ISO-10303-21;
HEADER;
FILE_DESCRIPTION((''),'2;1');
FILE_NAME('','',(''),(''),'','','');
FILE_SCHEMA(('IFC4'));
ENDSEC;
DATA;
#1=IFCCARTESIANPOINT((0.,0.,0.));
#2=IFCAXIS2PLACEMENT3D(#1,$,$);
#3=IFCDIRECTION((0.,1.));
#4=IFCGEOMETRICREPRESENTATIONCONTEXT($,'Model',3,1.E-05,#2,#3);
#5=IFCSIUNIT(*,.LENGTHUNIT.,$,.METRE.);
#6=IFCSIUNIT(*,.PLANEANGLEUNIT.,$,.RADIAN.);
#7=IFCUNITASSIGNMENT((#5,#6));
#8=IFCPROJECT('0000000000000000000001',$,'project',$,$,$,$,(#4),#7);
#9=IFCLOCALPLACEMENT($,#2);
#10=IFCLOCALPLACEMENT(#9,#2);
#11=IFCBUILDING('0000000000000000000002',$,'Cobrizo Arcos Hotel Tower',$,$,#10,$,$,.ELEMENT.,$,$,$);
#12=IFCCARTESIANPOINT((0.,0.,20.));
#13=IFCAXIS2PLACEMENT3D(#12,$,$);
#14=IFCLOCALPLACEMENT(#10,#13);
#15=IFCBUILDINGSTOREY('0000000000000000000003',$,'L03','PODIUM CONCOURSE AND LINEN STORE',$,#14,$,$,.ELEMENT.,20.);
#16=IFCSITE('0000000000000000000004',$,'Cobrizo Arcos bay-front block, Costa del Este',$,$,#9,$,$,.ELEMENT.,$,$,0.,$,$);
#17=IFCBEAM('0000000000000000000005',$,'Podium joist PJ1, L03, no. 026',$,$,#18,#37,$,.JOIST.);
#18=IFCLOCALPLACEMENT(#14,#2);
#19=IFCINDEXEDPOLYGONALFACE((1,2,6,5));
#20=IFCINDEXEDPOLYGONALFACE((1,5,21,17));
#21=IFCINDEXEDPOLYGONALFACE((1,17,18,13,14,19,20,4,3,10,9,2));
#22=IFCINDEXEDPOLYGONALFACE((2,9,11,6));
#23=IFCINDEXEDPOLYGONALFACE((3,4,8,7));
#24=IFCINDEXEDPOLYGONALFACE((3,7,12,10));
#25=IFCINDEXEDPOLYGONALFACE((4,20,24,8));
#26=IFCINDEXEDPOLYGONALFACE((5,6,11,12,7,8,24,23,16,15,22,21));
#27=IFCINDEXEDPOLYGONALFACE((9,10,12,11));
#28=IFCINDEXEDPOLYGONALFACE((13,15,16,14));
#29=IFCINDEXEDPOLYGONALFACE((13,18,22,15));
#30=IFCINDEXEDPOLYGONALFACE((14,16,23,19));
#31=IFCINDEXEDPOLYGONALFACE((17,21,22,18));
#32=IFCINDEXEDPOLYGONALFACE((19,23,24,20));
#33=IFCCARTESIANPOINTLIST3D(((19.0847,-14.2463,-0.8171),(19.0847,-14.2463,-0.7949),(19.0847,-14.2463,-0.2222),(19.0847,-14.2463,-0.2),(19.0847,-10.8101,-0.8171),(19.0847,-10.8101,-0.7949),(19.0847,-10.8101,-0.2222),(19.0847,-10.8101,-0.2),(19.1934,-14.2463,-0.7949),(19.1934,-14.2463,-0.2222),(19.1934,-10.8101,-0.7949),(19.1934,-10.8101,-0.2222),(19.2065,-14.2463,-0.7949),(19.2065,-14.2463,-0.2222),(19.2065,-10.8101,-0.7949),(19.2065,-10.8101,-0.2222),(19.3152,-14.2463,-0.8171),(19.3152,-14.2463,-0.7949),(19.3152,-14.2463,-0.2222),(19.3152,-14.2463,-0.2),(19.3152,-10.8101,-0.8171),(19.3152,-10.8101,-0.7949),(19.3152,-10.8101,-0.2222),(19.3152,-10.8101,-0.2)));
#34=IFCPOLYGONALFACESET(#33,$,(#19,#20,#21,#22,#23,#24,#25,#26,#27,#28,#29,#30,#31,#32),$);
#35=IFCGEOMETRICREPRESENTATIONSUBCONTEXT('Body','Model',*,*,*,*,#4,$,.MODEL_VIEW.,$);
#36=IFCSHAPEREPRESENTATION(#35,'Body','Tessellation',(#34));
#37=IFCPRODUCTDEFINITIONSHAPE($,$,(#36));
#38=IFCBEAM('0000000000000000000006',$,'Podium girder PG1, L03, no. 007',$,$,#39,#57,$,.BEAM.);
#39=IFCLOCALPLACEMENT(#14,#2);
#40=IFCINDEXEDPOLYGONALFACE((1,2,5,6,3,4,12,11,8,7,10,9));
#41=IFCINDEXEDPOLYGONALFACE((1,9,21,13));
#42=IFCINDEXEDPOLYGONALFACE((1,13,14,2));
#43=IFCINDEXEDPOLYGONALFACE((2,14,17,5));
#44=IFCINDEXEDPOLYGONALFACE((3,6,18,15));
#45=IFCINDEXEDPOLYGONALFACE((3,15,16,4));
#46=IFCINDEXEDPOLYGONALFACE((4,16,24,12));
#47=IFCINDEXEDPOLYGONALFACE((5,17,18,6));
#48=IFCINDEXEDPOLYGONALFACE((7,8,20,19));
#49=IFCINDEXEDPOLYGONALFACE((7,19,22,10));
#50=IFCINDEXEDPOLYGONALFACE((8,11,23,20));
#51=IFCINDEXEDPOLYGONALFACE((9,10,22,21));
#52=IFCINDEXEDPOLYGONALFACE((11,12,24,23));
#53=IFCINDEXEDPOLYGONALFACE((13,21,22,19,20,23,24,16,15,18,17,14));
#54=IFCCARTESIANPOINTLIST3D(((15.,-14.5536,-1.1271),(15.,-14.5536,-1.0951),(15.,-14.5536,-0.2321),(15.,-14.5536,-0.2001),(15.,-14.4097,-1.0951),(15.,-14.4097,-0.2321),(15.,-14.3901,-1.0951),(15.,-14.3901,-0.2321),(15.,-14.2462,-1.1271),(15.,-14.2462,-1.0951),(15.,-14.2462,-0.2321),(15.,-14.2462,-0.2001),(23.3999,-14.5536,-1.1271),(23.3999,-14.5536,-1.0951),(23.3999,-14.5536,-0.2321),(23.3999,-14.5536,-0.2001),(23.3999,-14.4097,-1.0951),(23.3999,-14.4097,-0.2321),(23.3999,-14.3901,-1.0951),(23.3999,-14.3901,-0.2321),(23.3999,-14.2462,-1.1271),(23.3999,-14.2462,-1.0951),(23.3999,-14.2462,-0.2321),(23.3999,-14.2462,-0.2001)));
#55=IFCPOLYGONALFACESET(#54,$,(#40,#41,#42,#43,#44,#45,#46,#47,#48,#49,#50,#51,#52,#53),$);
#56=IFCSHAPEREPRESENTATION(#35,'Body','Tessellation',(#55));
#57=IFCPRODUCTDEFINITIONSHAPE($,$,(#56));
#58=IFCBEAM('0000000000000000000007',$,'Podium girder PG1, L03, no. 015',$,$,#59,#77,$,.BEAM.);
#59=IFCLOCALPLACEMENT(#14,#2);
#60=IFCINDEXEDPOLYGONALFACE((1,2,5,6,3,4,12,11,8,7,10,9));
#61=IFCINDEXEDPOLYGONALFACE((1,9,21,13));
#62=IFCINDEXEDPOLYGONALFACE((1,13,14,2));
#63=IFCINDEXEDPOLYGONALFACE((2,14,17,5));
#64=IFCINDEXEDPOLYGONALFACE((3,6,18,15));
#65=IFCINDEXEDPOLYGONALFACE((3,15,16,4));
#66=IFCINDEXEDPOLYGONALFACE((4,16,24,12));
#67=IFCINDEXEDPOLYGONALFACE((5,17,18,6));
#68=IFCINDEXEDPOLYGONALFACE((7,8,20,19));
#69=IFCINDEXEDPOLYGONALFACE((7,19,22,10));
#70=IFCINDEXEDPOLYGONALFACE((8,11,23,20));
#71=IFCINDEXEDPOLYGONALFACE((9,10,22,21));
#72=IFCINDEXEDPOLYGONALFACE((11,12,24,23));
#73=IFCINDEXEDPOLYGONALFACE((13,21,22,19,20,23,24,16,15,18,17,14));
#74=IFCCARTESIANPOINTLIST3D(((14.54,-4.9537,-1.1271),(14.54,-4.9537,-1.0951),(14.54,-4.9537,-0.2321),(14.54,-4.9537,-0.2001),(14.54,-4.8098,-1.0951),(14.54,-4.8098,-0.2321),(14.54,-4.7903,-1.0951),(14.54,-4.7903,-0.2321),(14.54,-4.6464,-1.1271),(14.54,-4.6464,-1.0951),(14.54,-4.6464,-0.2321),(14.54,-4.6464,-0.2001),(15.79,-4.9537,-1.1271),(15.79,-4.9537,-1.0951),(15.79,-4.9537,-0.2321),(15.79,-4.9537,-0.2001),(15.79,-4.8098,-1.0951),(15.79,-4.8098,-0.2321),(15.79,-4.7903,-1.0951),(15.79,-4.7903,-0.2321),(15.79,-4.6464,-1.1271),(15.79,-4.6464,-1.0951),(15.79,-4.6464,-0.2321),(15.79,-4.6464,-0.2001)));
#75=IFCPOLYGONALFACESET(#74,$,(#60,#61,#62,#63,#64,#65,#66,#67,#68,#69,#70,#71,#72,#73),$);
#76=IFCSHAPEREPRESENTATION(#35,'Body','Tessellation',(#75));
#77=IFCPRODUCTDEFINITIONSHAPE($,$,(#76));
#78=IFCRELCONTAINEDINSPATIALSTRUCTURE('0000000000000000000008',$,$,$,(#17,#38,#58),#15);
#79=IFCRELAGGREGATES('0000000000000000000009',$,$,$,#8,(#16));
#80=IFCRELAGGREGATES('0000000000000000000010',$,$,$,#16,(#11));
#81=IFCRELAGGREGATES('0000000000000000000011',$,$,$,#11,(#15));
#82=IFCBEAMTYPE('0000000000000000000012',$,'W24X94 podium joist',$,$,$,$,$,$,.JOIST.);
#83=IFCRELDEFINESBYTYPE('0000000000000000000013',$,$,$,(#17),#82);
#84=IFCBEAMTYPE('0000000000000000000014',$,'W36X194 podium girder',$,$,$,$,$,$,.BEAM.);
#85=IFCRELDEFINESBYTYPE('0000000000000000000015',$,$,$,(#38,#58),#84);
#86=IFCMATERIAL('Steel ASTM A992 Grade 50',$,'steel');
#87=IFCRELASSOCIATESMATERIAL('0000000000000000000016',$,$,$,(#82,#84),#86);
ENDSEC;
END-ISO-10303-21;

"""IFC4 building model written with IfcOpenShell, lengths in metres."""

from ifc_helpers import new_model, si_unit, direction, frame, origin, origin_2d, place, context, subcontext, project, spatial, i_section, extrude, material, material_profile, profile_set, type_object, element, save


model = new_model("IFC4")

# Units and contexts
model_context = context("Model", 3, precision=1e-05, world=origin(), true_north=direction((0.0, 1.0)))
body_context = subcontext(model_context, "Body", "Model", "MODEL_VIEW")
ifc_project = project(units=[si_unit("LENGTHUNIT", "METRE"), si_unit("PLANEANGLEUNIT", "RADIAN")], contexts=[model_context])

# Site, building, storey
site_placement = place(None, origin())
site = spatial("IfcSite", under=ifc_project, at=site_placement, Name="Cobrizo Arcos bay-front block, Costa del Este", CompositionType="ELEMENT", RefElevation=0.0)
building_placement = place(site_placement, origin())
building = spatial("IfcBuilding", under=site, at=building_placement, Name="Cobrizo Arcos Hotel Tower", CompositionType="ELEMENT")
storey_placement = place(building_placement, frame((0.0, 0.0, 20.0)))
storey = spatial("IfcBuildingStorey", under=building, at=storey_placement, Name="L03", Description="PODIUM CONCOURSE AND LINEN STORE", CompositionType="ELEMENT", Elevation=20.0)

# Beams
ifc_material_1 = material(Name="Steel ASTM A992 Grade 50", Category="steel")
ifc_material_profile_1 = material_profile(ifc_material_1, i_section(OverallWidth=0.2305, OverallDepth=0.6172, WebThickness=0.0132, FlangeThickness=0.0222, at=origin_2d()), Name="W24X94")
ifc_profile_set_1 = profile_set([ifc_material_profile_1], Name="Steel ASTM A992 Grade 50")
beam_type_1 = type_object("IfcBeamType", Name="W24X94 podium joist", PredefinedType="JOIST", material=ifc_profile_set_1)
beam_1_placement = place(storey_placement, frame((19.2, -14.2463, -0.5085), z_axis=(0.0, 1.0, 0.0), x_axis=(-1.0, 0.0, 0.0)))
element("IfcBeam", 1, at=beam_1_placement, inside=storey, type_object=beam_type_1, Name="Podium joist PJ1, L03, no. 026", PredefinedType="JOIST", context=body_context, shape_type="SweptSolid", body=[
    extrude(i_section(OverallWidth=0.2305, OverallDepth=0.6172, WebThickness=0.0132, FlangeThickness=0.0222, at=origin_2d()), origin(), (0.0, 0.0, 1.0), 3.4363),
])
ifc_material_profile_2 = material_profile(ifc_material_1, i_section(OverallWidth=0.3074, OverallDepth=0.927, WebThickness=0.0195, FlangeThickness=0.032, at=origin_2d()), Name="W36X194")
ifc_profile_set_2 = profile_set([ifc_material_profile_2], Name="Steel ASTM A992 Grade 50")
beam_type_2 = type_object("IfcBeamType", Name="W36X194 podium girder", PredefinedType="BEAM", material=ifc_profile_set_2)
beam_2_placement = place(storey_placement, frame((15.0, -14.3999, -0.6636), z_axis=(1.0, 0.0, 0.0), x_axis=(0.0, 1.0, 0.0)))
element("IfcBeam", 2, at=beam_2_placement, inside=storey, type_object=beam_type_2, Name="Podium girder PG1, L03, no. 007", PredefinedType="BEAM", context=body_context, shape_type="SweptSolid", body=[
    extrude(i_section(OverallWidth=0.3074, OverallDepth=0.927, WebThickness=0.0195, FlangeThickness=0.032, at=origin_2d()), origin(), (0.0, 0.0, 1.0), 8.3999),
])
beam_3_placement = place(storey_placement, frame((14.54, -4.8, -0.6636), z_axis=(1.0, 0.0, 0.0), x_axis=(0.0, 1.0, 0.0)))
element("IfcBeam", 3, at=beam_3_placement, inside=storey, type_object=beam_type_2, Name="Podium girder PG1, L03, no. 015", PredefinedType="BEAM", context=body_context, shape_type="SweptSolid", body=[
    extrude(i_section(OverallWidth=0.3074, OverallDepth=0.927, WebThickness=0.0195, FlangeThickness=0.032, at=origin_2d()), origin(), (0.0, 0.0, 1.0), 1.25),
])

save(model, "model.ifc")
